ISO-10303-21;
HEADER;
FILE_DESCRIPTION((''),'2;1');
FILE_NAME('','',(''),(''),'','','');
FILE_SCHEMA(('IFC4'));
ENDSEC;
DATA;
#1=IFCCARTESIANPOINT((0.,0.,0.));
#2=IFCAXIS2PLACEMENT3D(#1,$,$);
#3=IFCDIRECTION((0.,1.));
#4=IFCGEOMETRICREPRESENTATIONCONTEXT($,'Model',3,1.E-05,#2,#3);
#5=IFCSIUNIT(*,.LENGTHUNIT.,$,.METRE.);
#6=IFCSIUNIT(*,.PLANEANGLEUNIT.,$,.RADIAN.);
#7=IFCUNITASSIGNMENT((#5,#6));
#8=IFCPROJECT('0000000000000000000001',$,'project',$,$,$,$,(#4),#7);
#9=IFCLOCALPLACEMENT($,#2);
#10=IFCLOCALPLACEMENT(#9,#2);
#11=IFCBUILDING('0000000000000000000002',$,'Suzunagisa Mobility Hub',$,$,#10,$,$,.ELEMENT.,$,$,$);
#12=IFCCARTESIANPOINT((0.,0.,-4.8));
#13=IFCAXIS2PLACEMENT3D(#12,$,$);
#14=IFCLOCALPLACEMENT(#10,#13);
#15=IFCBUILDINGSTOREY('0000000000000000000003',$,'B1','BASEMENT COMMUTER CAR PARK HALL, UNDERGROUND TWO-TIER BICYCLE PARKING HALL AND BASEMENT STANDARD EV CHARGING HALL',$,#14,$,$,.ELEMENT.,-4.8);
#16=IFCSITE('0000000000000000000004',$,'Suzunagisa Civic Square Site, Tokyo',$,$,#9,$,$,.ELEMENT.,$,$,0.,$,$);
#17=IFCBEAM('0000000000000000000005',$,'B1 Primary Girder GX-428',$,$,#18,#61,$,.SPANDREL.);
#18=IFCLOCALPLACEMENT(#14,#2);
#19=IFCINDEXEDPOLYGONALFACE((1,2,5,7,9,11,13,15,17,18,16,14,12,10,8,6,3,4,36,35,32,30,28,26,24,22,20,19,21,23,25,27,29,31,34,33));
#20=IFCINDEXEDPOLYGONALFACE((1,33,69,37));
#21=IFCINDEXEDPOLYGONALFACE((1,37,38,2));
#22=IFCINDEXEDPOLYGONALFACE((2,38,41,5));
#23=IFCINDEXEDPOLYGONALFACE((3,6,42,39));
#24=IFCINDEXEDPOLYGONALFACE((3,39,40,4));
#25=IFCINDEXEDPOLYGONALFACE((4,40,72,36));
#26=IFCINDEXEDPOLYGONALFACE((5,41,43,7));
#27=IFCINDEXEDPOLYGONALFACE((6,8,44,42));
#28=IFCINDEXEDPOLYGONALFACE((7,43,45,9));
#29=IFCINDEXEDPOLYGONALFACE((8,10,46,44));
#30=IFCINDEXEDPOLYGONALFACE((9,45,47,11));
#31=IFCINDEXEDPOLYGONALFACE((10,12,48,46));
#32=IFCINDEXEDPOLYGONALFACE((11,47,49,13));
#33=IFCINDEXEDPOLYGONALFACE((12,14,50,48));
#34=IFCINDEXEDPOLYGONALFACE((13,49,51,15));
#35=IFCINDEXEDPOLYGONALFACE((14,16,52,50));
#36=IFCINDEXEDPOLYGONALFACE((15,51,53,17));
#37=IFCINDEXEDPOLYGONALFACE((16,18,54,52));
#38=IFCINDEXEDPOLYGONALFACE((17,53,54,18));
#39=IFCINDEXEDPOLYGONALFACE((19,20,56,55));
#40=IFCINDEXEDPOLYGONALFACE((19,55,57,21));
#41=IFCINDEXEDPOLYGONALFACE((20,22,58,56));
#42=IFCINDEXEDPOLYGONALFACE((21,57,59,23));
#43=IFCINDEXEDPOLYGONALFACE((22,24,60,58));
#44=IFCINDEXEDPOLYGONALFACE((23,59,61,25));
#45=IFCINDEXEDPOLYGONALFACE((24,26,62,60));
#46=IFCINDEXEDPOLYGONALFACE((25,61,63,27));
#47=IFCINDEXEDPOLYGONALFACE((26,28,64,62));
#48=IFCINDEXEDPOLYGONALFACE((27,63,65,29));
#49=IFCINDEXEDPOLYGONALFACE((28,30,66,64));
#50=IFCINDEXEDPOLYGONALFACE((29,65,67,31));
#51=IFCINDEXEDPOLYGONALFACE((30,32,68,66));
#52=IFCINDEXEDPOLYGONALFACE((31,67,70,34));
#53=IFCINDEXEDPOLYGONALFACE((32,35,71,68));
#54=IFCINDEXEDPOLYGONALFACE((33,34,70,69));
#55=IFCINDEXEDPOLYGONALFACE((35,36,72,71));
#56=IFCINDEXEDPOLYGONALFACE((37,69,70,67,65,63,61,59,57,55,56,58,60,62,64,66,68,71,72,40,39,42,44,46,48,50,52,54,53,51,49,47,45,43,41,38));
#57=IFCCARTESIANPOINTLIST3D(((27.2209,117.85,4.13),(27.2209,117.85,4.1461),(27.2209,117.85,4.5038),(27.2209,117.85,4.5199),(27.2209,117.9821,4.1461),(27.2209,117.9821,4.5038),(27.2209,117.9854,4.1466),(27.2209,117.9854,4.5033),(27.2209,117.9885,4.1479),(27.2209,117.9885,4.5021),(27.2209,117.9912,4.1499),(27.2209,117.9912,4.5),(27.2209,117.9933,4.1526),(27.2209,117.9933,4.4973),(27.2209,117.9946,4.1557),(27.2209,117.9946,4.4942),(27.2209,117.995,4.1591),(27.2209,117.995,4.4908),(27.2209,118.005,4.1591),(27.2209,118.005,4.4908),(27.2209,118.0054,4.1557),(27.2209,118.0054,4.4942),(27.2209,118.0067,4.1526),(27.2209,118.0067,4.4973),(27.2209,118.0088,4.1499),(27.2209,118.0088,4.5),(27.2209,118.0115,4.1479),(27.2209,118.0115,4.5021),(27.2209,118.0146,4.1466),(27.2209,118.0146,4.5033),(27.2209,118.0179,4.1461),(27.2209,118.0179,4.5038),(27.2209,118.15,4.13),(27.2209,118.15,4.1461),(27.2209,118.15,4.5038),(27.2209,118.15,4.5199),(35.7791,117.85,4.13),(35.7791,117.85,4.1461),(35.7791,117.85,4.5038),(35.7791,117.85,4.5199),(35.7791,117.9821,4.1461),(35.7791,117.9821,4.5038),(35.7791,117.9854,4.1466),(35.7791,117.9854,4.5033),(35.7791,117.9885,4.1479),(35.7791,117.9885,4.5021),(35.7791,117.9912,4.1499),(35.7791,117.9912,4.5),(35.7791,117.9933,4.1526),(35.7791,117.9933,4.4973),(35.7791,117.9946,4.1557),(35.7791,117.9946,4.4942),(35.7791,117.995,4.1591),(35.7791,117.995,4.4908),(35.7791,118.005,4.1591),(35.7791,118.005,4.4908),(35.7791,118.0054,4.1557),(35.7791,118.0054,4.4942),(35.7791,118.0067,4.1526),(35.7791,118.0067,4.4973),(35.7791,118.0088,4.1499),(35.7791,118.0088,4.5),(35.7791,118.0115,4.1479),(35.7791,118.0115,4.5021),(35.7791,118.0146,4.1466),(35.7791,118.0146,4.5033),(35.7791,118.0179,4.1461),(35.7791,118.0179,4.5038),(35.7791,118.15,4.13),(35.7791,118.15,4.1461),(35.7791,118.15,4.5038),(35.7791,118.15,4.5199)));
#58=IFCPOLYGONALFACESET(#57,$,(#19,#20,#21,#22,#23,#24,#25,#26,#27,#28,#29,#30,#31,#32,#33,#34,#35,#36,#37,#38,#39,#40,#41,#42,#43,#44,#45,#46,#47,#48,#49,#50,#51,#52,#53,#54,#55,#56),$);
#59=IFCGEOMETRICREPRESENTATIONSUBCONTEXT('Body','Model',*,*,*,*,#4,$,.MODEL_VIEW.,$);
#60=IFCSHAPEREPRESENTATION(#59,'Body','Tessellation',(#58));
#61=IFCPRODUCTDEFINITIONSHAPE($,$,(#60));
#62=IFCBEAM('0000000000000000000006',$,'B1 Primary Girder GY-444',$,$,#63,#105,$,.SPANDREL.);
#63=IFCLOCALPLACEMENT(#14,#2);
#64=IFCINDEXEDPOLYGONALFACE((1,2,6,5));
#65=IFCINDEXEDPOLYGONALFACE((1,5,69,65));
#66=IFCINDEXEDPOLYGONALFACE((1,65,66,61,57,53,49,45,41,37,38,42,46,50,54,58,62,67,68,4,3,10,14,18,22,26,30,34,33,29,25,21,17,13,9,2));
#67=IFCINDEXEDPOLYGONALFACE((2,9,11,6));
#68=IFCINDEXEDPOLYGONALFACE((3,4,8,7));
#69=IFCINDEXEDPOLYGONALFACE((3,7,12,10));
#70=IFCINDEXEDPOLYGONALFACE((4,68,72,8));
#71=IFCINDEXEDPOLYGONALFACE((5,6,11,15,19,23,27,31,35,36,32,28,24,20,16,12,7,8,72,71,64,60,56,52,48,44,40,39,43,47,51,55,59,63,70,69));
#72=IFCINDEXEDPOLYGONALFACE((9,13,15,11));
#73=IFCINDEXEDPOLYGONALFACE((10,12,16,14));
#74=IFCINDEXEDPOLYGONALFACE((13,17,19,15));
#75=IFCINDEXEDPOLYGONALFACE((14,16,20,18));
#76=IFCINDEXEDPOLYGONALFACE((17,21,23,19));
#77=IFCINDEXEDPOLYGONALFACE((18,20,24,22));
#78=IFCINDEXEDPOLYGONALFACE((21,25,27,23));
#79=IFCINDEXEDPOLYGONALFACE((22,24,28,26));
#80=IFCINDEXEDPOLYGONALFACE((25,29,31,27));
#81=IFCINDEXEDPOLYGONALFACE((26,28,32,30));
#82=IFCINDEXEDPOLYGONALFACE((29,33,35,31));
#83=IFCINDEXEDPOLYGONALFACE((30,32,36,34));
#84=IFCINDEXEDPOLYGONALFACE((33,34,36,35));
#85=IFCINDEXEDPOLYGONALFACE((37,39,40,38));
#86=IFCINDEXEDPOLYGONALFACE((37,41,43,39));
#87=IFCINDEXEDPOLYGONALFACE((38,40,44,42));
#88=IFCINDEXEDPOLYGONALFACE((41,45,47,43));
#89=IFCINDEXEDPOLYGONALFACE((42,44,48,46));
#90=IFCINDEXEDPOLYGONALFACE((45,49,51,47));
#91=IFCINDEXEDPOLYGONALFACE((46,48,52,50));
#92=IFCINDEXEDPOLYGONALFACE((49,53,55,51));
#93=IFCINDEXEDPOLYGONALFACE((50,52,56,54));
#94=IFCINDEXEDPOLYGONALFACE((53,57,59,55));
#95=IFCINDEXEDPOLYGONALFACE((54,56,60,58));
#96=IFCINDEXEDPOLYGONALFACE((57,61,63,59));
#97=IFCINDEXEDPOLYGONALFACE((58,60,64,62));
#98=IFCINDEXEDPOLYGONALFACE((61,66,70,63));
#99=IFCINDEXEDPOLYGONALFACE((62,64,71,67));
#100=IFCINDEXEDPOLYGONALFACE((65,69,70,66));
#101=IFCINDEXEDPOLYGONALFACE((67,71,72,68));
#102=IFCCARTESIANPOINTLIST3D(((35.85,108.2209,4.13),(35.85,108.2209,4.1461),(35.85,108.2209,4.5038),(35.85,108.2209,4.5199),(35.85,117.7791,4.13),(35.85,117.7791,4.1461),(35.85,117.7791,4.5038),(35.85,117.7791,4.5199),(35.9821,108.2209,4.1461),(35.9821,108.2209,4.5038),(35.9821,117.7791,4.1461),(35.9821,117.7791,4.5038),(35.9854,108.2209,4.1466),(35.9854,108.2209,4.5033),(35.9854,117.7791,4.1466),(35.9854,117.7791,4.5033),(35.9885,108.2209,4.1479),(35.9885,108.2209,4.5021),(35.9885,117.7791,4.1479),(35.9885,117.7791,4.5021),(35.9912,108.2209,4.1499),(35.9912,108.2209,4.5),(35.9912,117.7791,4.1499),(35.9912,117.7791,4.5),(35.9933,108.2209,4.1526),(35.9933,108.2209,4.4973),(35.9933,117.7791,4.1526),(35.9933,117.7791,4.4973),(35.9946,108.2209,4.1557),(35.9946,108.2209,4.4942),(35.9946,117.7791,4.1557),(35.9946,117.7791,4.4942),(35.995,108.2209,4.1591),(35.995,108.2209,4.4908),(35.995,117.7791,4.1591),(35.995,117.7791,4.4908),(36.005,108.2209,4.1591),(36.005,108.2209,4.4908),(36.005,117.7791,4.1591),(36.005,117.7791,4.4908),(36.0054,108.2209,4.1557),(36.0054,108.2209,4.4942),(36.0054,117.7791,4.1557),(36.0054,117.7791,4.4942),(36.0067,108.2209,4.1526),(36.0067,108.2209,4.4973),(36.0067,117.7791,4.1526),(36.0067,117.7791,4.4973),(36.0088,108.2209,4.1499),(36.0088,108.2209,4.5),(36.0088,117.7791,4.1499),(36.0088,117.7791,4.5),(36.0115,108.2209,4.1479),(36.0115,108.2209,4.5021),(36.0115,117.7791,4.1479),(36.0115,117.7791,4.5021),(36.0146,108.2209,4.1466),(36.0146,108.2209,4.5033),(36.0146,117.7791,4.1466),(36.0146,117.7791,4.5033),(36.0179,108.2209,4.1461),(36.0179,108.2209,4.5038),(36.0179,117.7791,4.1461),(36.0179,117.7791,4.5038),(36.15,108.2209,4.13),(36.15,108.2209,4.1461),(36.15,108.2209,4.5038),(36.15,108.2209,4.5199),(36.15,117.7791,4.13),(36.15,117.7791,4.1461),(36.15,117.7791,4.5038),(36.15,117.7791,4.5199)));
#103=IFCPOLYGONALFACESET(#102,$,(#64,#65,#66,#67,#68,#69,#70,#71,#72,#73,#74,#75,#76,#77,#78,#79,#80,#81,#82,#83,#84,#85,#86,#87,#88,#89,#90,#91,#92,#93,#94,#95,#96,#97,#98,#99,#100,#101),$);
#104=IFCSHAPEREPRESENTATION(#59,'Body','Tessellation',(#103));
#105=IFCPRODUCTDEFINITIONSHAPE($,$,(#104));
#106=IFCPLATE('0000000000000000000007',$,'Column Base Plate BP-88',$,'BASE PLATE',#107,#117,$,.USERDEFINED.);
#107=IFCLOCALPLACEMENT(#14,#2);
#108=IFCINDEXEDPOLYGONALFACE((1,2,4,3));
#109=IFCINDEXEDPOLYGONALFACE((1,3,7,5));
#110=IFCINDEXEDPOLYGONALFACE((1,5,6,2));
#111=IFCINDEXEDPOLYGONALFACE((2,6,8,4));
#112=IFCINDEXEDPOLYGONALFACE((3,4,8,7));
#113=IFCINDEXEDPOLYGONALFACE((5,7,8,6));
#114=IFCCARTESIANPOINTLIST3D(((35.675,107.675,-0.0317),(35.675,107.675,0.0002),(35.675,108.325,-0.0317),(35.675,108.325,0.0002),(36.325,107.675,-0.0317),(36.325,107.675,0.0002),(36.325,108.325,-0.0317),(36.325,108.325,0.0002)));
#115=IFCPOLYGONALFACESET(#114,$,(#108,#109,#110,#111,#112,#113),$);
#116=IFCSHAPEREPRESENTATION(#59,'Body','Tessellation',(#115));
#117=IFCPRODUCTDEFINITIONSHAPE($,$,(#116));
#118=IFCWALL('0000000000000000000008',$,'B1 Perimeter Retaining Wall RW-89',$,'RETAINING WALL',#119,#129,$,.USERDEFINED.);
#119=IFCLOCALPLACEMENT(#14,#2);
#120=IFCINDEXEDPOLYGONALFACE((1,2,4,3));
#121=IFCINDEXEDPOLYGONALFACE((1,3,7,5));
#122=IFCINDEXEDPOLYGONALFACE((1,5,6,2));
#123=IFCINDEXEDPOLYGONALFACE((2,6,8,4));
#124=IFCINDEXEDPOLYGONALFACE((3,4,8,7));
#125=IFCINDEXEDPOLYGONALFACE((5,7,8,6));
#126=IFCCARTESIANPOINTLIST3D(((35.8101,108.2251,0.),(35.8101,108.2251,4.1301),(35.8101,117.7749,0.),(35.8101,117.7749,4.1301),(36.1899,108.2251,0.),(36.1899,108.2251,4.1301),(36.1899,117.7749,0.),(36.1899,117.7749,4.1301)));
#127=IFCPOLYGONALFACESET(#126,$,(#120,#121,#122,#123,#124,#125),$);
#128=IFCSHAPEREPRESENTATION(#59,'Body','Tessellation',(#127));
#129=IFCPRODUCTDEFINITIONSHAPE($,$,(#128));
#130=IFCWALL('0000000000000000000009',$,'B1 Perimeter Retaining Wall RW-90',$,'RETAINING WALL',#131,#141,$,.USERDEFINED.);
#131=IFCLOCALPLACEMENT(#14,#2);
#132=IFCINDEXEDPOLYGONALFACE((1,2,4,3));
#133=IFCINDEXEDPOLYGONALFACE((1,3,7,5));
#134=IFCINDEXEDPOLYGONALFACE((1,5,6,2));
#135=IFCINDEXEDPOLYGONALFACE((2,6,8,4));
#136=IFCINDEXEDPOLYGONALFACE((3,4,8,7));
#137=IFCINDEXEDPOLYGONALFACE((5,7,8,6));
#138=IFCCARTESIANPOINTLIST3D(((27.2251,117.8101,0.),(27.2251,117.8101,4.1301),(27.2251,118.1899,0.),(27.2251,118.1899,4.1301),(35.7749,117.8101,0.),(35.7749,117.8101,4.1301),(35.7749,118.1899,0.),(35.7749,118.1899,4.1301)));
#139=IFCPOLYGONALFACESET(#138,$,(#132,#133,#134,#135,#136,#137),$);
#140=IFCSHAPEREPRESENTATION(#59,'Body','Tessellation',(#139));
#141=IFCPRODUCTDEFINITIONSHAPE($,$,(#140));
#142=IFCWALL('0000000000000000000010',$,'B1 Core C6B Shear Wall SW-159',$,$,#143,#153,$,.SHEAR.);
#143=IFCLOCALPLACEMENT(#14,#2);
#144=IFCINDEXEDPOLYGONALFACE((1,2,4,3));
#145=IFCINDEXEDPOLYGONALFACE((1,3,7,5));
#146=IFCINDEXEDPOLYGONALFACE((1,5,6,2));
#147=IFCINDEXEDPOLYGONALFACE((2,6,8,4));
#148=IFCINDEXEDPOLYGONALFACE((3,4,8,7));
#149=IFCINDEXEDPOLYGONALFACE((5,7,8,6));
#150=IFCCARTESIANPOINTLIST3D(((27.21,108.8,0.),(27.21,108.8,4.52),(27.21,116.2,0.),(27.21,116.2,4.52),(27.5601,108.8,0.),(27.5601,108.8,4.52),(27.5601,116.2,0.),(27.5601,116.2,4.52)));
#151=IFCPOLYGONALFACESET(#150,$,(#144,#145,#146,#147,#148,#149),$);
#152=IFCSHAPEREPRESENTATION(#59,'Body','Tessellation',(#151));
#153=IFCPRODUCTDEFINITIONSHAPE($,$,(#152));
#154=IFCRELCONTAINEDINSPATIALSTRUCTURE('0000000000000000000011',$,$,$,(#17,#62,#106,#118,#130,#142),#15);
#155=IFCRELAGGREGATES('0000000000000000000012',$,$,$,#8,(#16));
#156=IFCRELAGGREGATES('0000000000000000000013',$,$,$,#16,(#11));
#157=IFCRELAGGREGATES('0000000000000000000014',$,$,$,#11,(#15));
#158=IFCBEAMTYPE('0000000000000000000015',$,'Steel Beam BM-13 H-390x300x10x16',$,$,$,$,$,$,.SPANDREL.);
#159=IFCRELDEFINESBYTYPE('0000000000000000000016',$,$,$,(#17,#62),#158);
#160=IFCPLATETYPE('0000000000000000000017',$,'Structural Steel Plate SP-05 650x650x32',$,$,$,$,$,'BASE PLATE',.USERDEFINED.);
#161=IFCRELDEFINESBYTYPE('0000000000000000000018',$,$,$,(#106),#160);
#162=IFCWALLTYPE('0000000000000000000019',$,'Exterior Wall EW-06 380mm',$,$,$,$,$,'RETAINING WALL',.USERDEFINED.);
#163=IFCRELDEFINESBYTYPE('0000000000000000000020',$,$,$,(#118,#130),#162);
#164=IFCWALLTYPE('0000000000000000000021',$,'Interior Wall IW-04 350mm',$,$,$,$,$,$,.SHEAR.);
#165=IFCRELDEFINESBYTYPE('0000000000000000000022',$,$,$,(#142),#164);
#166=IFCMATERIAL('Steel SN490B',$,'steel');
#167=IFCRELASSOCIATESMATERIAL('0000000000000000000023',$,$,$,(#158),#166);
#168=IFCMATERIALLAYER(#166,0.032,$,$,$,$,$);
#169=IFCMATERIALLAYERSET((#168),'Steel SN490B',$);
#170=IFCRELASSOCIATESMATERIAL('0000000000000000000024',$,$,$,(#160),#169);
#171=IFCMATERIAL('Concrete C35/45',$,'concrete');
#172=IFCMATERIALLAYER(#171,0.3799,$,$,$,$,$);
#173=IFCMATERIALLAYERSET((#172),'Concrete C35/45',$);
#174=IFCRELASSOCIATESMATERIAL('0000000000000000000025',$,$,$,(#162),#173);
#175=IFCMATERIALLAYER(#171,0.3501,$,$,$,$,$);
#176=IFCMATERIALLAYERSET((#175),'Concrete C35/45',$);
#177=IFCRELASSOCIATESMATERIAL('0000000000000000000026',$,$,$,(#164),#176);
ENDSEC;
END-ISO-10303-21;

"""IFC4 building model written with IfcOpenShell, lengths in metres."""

from ifc_helpers import new_model, si_unit, direction, frame, frame_2d, origin, origin_2d, place, context, subcontext, project, spatial, rectangle, i_section, extrude, material, layer, layer_set, material_profile, profile_set, type_object, element, save


model = new_model("IFC4")

# Units and contexts
model_context = context("Model", 3, precision=1e-05, world=origin(), true_north=direction((0.0, 1.0)))
body_context = subcontext(model_context, "Body", "Model", "MODEL_VIEW")
ifc_project = project(units=[si_unit("LENGTHUNIT", "METRE"), si_unit("PLANEANGLEUNIT", "RADIAN")], contexts=[model_context])

# Site, building, storey
site_placement = place(None, origin())
site = spatial("IfcSite", under=ifc_project, at=site_placement, Name="Suzunagisa Civic Square Site, Tokyo", CompositionType="ELEMENT", RefElevation=0.0)
building_placement = place(site_placement, origin())
building = spatial("IfcBuilding", under=site, at=building_placement, Name="Suzunagisa Mobility Hub", CompositionType="ELEMENT")
storey_placement = place(building_placement, frame((0.0, 0.0, -4.8)))
storey = spatial("IfcBuildingStorey", under=building, at=storey_placement, Name="B1", Description="BASEMENT COMMUTER CAR PARK HALL, UNDERGROUND TWO-TIER BICYCLE PARKING HALL AND BASEMENT STANDARD EV CHARGING HALL", CompositionType="ELEMENT", Elevation=-4.8)

# Shared definitions
ifc_material_1 = material(Name="Concrete C35/45", Category="concrete")

# Shared definitions
ifc_material_2 = material(Name="Steel SN490B", Category="steel")

# Beams
ifc_material_profile_1 = material_profile(ifc_material_2, i_section(OverallWidth=0.3, OverallDepth=0.3899, WebThickness=0.01, FlangeThickness=0.0161, FilletRadius=0.0129, at=origin_2d()), Name="H-390x300x10x16")
ifc_profile_set_1 = profile_set([ifc_material_profile_1], Name="Steel SN490B")
beam_type_1 = type_object("IfcBeamType", Name="Steel Beam BM-13 H-390x300x10x16", PredefinedType="SPANDREL", material=ifc_profile_set_1)
beam_1_placement = place(storey_placement, frame((27.2209, 118.0, 4.325), z_axis=(1.0, 0.0, 0.0), x_axis=(0.0, 1.0, 0.0)))
element("IfcBeam", 1, at=beam_1_placement, inside=storey, type_object=beam_type_1, Name="B1 Primary Girder GX-428", PredefinedType="SPANDREL", context=body_context, shape_type="SweptSolid", body=[
    extrude(i_section(OverallWidth=0.3, OverallDepth=0.3899, WebThickness=0.01, FlangeThickness=0.0161, FilletRadius=0.0129, at=origin_2d()), origin(), (0.0, 0.0, 1.0), 8.5581),
])
beam_2_placement = place(storey_placement, frame((36.0, 108.2209, 4.325), z_axis=(0.0, 1.0, 0.0), x_axis=(-1.0, 0.0, 0.0)))
element("IfcBeam", 2, at=beam_2_placement, inside=storey, type_object=beam_type_1, Name="B1 Primary Girder GY-444", PredefinedType="SPANDREL", context=body_context, shape_type="SweptSolid", body=[
    extrude(i_section(OverallWidth=0.3, OverallDepth=0.3899, WebThickness=0.01, FlangeThickness=0.0161, FilletRadius=0.0129, at=origin_2d()), origin(), (0.0, 0.0, 1.0), 9.5581),
])

# Plate
ifc_layer_1 = layer(ifc_material_2, 0.032)
ifc_layer_set_1 = layer_set([ifc_layer_1], Name="Steel SN490B")
plate_type = type_object("IfcPlateType", Name="Structural Steel Plate SP-05 650x650x32", ElementType="BASE PLATE", PredefinedType="USERDEFINED", material=ifc_layer_set_1)
plate_placement = place(storey_placement, frame((36.0, 108.0, -0.0317), z_axis=(0.0, 0.0, 1.0), x_axis=(1.0, 0.0, 0.0)))
element("IfcPlate", 3, at=plate_placement, inside=storey, type_object=plate_type, Name="Column Base Plate BP-88", ObjectType="BASE PLATE", PredefinedType="USERDEFINED", context=body_context, shape_type="SweptSolid", body=[
    extrude(rectangle(XDim=0.6499, YDim=0.6499, at=origin_2d()), origin(), (0.0, 0.0, 1.0), 0.032),
])

# Walls
ifc_layer_2 = layer(ifc_material_1, 0.3799)
ifc_layer_set_2 = layer_set([ifc_layer_2], Name="Concrete C35/45")
wall_type_1 = type_object("IfcWallType", Name="Exterior Wall EW-06 380mm", ElementType="RETAINING WALL", PredefinedType="USERDEFINED", material=ifc_layer_set_2)
wall_1_placement = place(storey_placement, frame((36.0, 108.2251, 0.0), z_axis=(0.0, 0.0, 1.0), x_axis=(0.0, 1.0, 0.0)))
element("IfcWall", 4, at=wall_1_placement, inside=storey, type_object=wall_type_1, Name="B1 Perimeter Retaining Wall RW-89", ObjectType="RETAINING WALL", PredefinedType="USERDEFINED", context=body_context, shape_type="SweptSolid", body=[
    extrude(rectangle(XDim=9.5498, YDim=0.3799, at=frame_2d((4.7749, 0.0))), origin(), (0.0, 0.0, 1.0), 4.1301),
])
wall_2_placement = place(storey_placement, frame((35.7749, 118.0, 0.0), z_axis=(0.0, 0.0, 1.0), x_axis=(-1.0, 0.0, 0.0)))
element("IfcWall", 5, at=wall_2_placement, inside=storey, type_object=wall_type_1, Name="B1 Perimeter Retaining Wall RW-90", ObjectType="RETAINING WALL", PredefinedType="USERDEFINED", context=body_context, shape_type="SweptSolid", body=[
    extrude(rectangle(XDim=8.5498, YDim=0.3799, at=frame_2d((4.2749, 0.0))), origin(), (0.0, 0.0, 1.0), 4.1301),
])
ifc_layer_3 = layer(ifc_material_1, 0.3501)
ifc_layer_set_3 = layer_set([ifc_layer_3], Name="Concrete C35/45")
wall_type_2 = type_object("IfcWallType", Name="Interior Wall IW-04 350mm", PredefinedType="SHEAR", material=ifc_layer_set_3)
wall_3_placement = place(storey_placement, frame((27.385, 108.8, 0.0), z_axis=(0.0, 0.0, 1.0), x_axis=(0.0, 1.0, 0.0)))
element("IfcWall", 6, at=wall_3_placement, inside=storey, type_object=wall_type_2, Name="B1 Core C6B Shear Wall SW-159", PredefinedType="SHEAR", context=body_context, shape_type="SweptSolid", body=[
    extrude(rectangle(XDim=7.3999, YDim=0.3501, at=frame_2d((3.7, 0.0))), origin(), (0.0, 0.0, 1.0), 4.52),
])

save(model, "model.ifc")
